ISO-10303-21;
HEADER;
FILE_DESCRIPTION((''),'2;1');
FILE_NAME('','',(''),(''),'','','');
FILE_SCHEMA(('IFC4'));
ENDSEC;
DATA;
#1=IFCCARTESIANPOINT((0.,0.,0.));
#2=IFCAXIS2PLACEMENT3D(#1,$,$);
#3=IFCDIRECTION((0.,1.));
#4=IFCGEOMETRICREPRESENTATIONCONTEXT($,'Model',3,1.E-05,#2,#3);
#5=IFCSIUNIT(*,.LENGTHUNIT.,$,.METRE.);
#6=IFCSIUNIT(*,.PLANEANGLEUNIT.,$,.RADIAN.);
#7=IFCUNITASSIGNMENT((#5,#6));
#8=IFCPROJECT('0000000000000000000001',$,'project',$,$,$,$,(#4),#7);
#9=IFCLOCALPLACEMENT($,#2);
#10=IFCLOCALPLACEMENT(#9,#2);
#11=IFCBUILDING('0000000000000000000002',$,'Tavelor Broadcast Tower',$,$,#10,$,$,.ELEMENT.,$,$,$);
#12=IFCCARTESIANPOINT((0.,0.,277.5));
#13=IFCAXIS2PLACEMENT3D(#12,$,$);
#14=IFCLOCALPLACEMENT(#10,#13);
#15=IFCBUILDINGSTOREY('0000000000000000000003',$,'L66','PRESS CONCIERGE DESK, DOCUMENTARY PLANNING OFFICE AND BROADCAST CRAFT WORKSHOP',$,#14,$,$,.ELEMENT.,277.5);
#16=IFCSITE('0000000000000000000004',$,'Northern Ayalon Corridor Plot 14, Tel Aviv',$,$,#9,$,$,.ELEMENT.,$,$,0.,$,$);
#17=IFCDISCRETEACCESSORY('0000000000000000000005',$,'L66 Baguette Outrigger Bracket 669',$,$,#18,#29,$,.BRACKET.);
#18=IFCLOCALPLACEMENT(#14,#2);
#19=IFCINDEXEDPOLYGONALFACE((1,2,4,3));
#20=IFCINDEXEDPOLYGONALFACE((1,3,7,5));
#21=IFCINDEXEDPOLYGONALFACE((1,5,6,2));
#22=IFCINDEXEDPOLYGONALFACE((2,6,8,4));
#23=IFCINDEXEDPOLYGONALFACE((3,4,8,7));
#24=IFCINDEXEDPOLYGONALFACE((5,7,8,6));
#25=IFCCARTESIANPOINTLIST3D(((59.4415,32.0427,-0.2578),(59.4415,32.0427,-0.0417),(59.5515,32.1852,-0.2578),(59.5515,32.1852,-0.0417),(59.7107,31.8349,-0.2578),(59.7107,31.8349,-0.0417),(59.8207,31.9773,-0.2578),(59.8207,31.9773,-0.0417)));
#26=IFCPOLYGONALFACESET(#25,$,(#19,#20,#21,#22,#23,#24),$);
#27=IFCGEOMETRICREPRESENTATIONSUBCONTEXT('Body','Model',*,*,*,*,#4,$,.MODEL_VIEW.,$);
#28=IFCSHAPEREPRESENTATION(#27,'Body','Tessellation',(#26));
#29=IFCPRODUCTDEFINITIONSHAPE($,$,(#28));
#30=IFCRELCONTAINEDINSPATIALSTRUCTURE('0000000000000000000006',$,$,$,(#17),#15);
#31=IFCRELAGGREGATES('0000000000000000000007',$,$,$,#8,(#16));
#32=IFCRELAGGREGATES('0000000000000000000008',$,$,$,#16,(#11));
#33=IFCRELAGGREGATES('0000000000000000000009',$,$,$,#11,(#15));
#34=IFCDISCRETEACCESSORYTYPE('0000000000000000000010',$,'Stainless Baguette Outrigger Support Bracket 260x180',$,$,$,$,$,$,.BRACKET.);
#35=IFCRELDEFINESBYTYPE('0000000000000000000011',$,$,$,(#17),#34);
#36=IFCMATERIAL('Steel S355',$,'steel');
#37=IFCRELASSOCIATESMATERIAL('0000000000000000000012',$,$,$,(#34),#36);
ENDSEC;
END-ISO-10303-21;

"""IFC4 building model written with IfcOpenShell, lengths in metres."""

from ifc_helpers import new_model, si_unit, direction, frame, origin, origin_2d, place, context, subcontext, project, spatial, rectangle, extrude, source, transform, mapped, material, type_object, type_shapes, element, save


model = new_model("IFC4")

# Units and contexts
model_context = context("Model", 3, precision=1e-05, world=origin(), true_north=direction((0.0, 1.0)))
body_context = subcontext(model_context, "Body", "Model", "MODEL_VIEW")
ifc_project = project(units=[si_unit("LENGTHUNIT", "METRE"), si_unit("PLANEANGLEUNIT", "RADIAN")], contexts=[model_context])

# Site, building, storey
site_placement = place(None, origin())
site = spatial("IfcSite", under=ifc_project, at=site_placement, Name="Northern Ayalon Corridor Plot 14, Tel Aviv", CompositionType="ELEMENT", RefElevation=0.0)
building_placement = place(site_placement, origin())
building = spatial("IfcBuilding", under=site, at=building_placement, Name="Tavelor Broadcast Tower", CompositionType="ELEMENT")
storey_placement = place(building_placement, frame((0.0, 0.0, 277.5)))
storey = spatial("IfcBuildingStorey", under=building, at=storey_placement, Name="L66", Description="PRESS CONCIERGE DESK, DOCUMENTARY PLANNING OFFICE AND BROADCAST CRAFT WORKSHOP", CompositionType="ELEMENT", Elevation=277.5)

# Shared definitions
ifc_material_1 = material(Name="Steel S355", Category="steel")

# Discrete accessory
discrete_accessory_type = type_object("IfcDiscreteAccessoryType", Name="Stainless Baguette Outrigger Support Bracket 260x180", PredefinedType="BRACKET", material=ifc_material_1)
shared_shape_1 = source(origin(), body_context, "Body", "SweptSolid", [
    extrude(rectangle(XDim=0.1799, YDim=0.3401, at=origin_2d()), origin(), (0.0, 0.0, 1.0), 0.2161),
])
type_shapes(discrete_accessory_type, [shared_shape_1])
discrete_accessory_placement = place(storey_placement, frame((59.6311, 32.01, -0.2578), z_axis=(0.0, 0.0, 1.0), x_axis=(0.611251, 0.791437, 0.0)))
element("IfcDiscreteAccessory", 1, at=discrete_accessory_placement, inside=storey, type_object=discrete_accessory_type, Name="L66 Baguette Outrigger Bracket 669", PredefinedType="BRACKET", context=body_context, shape_type="MappedRepresentation", body=[
    mapped(shared_shape_1, transform((0.0, 0.0, 0.0), scale=1.0)),
])

save(model, "model.ifc")
